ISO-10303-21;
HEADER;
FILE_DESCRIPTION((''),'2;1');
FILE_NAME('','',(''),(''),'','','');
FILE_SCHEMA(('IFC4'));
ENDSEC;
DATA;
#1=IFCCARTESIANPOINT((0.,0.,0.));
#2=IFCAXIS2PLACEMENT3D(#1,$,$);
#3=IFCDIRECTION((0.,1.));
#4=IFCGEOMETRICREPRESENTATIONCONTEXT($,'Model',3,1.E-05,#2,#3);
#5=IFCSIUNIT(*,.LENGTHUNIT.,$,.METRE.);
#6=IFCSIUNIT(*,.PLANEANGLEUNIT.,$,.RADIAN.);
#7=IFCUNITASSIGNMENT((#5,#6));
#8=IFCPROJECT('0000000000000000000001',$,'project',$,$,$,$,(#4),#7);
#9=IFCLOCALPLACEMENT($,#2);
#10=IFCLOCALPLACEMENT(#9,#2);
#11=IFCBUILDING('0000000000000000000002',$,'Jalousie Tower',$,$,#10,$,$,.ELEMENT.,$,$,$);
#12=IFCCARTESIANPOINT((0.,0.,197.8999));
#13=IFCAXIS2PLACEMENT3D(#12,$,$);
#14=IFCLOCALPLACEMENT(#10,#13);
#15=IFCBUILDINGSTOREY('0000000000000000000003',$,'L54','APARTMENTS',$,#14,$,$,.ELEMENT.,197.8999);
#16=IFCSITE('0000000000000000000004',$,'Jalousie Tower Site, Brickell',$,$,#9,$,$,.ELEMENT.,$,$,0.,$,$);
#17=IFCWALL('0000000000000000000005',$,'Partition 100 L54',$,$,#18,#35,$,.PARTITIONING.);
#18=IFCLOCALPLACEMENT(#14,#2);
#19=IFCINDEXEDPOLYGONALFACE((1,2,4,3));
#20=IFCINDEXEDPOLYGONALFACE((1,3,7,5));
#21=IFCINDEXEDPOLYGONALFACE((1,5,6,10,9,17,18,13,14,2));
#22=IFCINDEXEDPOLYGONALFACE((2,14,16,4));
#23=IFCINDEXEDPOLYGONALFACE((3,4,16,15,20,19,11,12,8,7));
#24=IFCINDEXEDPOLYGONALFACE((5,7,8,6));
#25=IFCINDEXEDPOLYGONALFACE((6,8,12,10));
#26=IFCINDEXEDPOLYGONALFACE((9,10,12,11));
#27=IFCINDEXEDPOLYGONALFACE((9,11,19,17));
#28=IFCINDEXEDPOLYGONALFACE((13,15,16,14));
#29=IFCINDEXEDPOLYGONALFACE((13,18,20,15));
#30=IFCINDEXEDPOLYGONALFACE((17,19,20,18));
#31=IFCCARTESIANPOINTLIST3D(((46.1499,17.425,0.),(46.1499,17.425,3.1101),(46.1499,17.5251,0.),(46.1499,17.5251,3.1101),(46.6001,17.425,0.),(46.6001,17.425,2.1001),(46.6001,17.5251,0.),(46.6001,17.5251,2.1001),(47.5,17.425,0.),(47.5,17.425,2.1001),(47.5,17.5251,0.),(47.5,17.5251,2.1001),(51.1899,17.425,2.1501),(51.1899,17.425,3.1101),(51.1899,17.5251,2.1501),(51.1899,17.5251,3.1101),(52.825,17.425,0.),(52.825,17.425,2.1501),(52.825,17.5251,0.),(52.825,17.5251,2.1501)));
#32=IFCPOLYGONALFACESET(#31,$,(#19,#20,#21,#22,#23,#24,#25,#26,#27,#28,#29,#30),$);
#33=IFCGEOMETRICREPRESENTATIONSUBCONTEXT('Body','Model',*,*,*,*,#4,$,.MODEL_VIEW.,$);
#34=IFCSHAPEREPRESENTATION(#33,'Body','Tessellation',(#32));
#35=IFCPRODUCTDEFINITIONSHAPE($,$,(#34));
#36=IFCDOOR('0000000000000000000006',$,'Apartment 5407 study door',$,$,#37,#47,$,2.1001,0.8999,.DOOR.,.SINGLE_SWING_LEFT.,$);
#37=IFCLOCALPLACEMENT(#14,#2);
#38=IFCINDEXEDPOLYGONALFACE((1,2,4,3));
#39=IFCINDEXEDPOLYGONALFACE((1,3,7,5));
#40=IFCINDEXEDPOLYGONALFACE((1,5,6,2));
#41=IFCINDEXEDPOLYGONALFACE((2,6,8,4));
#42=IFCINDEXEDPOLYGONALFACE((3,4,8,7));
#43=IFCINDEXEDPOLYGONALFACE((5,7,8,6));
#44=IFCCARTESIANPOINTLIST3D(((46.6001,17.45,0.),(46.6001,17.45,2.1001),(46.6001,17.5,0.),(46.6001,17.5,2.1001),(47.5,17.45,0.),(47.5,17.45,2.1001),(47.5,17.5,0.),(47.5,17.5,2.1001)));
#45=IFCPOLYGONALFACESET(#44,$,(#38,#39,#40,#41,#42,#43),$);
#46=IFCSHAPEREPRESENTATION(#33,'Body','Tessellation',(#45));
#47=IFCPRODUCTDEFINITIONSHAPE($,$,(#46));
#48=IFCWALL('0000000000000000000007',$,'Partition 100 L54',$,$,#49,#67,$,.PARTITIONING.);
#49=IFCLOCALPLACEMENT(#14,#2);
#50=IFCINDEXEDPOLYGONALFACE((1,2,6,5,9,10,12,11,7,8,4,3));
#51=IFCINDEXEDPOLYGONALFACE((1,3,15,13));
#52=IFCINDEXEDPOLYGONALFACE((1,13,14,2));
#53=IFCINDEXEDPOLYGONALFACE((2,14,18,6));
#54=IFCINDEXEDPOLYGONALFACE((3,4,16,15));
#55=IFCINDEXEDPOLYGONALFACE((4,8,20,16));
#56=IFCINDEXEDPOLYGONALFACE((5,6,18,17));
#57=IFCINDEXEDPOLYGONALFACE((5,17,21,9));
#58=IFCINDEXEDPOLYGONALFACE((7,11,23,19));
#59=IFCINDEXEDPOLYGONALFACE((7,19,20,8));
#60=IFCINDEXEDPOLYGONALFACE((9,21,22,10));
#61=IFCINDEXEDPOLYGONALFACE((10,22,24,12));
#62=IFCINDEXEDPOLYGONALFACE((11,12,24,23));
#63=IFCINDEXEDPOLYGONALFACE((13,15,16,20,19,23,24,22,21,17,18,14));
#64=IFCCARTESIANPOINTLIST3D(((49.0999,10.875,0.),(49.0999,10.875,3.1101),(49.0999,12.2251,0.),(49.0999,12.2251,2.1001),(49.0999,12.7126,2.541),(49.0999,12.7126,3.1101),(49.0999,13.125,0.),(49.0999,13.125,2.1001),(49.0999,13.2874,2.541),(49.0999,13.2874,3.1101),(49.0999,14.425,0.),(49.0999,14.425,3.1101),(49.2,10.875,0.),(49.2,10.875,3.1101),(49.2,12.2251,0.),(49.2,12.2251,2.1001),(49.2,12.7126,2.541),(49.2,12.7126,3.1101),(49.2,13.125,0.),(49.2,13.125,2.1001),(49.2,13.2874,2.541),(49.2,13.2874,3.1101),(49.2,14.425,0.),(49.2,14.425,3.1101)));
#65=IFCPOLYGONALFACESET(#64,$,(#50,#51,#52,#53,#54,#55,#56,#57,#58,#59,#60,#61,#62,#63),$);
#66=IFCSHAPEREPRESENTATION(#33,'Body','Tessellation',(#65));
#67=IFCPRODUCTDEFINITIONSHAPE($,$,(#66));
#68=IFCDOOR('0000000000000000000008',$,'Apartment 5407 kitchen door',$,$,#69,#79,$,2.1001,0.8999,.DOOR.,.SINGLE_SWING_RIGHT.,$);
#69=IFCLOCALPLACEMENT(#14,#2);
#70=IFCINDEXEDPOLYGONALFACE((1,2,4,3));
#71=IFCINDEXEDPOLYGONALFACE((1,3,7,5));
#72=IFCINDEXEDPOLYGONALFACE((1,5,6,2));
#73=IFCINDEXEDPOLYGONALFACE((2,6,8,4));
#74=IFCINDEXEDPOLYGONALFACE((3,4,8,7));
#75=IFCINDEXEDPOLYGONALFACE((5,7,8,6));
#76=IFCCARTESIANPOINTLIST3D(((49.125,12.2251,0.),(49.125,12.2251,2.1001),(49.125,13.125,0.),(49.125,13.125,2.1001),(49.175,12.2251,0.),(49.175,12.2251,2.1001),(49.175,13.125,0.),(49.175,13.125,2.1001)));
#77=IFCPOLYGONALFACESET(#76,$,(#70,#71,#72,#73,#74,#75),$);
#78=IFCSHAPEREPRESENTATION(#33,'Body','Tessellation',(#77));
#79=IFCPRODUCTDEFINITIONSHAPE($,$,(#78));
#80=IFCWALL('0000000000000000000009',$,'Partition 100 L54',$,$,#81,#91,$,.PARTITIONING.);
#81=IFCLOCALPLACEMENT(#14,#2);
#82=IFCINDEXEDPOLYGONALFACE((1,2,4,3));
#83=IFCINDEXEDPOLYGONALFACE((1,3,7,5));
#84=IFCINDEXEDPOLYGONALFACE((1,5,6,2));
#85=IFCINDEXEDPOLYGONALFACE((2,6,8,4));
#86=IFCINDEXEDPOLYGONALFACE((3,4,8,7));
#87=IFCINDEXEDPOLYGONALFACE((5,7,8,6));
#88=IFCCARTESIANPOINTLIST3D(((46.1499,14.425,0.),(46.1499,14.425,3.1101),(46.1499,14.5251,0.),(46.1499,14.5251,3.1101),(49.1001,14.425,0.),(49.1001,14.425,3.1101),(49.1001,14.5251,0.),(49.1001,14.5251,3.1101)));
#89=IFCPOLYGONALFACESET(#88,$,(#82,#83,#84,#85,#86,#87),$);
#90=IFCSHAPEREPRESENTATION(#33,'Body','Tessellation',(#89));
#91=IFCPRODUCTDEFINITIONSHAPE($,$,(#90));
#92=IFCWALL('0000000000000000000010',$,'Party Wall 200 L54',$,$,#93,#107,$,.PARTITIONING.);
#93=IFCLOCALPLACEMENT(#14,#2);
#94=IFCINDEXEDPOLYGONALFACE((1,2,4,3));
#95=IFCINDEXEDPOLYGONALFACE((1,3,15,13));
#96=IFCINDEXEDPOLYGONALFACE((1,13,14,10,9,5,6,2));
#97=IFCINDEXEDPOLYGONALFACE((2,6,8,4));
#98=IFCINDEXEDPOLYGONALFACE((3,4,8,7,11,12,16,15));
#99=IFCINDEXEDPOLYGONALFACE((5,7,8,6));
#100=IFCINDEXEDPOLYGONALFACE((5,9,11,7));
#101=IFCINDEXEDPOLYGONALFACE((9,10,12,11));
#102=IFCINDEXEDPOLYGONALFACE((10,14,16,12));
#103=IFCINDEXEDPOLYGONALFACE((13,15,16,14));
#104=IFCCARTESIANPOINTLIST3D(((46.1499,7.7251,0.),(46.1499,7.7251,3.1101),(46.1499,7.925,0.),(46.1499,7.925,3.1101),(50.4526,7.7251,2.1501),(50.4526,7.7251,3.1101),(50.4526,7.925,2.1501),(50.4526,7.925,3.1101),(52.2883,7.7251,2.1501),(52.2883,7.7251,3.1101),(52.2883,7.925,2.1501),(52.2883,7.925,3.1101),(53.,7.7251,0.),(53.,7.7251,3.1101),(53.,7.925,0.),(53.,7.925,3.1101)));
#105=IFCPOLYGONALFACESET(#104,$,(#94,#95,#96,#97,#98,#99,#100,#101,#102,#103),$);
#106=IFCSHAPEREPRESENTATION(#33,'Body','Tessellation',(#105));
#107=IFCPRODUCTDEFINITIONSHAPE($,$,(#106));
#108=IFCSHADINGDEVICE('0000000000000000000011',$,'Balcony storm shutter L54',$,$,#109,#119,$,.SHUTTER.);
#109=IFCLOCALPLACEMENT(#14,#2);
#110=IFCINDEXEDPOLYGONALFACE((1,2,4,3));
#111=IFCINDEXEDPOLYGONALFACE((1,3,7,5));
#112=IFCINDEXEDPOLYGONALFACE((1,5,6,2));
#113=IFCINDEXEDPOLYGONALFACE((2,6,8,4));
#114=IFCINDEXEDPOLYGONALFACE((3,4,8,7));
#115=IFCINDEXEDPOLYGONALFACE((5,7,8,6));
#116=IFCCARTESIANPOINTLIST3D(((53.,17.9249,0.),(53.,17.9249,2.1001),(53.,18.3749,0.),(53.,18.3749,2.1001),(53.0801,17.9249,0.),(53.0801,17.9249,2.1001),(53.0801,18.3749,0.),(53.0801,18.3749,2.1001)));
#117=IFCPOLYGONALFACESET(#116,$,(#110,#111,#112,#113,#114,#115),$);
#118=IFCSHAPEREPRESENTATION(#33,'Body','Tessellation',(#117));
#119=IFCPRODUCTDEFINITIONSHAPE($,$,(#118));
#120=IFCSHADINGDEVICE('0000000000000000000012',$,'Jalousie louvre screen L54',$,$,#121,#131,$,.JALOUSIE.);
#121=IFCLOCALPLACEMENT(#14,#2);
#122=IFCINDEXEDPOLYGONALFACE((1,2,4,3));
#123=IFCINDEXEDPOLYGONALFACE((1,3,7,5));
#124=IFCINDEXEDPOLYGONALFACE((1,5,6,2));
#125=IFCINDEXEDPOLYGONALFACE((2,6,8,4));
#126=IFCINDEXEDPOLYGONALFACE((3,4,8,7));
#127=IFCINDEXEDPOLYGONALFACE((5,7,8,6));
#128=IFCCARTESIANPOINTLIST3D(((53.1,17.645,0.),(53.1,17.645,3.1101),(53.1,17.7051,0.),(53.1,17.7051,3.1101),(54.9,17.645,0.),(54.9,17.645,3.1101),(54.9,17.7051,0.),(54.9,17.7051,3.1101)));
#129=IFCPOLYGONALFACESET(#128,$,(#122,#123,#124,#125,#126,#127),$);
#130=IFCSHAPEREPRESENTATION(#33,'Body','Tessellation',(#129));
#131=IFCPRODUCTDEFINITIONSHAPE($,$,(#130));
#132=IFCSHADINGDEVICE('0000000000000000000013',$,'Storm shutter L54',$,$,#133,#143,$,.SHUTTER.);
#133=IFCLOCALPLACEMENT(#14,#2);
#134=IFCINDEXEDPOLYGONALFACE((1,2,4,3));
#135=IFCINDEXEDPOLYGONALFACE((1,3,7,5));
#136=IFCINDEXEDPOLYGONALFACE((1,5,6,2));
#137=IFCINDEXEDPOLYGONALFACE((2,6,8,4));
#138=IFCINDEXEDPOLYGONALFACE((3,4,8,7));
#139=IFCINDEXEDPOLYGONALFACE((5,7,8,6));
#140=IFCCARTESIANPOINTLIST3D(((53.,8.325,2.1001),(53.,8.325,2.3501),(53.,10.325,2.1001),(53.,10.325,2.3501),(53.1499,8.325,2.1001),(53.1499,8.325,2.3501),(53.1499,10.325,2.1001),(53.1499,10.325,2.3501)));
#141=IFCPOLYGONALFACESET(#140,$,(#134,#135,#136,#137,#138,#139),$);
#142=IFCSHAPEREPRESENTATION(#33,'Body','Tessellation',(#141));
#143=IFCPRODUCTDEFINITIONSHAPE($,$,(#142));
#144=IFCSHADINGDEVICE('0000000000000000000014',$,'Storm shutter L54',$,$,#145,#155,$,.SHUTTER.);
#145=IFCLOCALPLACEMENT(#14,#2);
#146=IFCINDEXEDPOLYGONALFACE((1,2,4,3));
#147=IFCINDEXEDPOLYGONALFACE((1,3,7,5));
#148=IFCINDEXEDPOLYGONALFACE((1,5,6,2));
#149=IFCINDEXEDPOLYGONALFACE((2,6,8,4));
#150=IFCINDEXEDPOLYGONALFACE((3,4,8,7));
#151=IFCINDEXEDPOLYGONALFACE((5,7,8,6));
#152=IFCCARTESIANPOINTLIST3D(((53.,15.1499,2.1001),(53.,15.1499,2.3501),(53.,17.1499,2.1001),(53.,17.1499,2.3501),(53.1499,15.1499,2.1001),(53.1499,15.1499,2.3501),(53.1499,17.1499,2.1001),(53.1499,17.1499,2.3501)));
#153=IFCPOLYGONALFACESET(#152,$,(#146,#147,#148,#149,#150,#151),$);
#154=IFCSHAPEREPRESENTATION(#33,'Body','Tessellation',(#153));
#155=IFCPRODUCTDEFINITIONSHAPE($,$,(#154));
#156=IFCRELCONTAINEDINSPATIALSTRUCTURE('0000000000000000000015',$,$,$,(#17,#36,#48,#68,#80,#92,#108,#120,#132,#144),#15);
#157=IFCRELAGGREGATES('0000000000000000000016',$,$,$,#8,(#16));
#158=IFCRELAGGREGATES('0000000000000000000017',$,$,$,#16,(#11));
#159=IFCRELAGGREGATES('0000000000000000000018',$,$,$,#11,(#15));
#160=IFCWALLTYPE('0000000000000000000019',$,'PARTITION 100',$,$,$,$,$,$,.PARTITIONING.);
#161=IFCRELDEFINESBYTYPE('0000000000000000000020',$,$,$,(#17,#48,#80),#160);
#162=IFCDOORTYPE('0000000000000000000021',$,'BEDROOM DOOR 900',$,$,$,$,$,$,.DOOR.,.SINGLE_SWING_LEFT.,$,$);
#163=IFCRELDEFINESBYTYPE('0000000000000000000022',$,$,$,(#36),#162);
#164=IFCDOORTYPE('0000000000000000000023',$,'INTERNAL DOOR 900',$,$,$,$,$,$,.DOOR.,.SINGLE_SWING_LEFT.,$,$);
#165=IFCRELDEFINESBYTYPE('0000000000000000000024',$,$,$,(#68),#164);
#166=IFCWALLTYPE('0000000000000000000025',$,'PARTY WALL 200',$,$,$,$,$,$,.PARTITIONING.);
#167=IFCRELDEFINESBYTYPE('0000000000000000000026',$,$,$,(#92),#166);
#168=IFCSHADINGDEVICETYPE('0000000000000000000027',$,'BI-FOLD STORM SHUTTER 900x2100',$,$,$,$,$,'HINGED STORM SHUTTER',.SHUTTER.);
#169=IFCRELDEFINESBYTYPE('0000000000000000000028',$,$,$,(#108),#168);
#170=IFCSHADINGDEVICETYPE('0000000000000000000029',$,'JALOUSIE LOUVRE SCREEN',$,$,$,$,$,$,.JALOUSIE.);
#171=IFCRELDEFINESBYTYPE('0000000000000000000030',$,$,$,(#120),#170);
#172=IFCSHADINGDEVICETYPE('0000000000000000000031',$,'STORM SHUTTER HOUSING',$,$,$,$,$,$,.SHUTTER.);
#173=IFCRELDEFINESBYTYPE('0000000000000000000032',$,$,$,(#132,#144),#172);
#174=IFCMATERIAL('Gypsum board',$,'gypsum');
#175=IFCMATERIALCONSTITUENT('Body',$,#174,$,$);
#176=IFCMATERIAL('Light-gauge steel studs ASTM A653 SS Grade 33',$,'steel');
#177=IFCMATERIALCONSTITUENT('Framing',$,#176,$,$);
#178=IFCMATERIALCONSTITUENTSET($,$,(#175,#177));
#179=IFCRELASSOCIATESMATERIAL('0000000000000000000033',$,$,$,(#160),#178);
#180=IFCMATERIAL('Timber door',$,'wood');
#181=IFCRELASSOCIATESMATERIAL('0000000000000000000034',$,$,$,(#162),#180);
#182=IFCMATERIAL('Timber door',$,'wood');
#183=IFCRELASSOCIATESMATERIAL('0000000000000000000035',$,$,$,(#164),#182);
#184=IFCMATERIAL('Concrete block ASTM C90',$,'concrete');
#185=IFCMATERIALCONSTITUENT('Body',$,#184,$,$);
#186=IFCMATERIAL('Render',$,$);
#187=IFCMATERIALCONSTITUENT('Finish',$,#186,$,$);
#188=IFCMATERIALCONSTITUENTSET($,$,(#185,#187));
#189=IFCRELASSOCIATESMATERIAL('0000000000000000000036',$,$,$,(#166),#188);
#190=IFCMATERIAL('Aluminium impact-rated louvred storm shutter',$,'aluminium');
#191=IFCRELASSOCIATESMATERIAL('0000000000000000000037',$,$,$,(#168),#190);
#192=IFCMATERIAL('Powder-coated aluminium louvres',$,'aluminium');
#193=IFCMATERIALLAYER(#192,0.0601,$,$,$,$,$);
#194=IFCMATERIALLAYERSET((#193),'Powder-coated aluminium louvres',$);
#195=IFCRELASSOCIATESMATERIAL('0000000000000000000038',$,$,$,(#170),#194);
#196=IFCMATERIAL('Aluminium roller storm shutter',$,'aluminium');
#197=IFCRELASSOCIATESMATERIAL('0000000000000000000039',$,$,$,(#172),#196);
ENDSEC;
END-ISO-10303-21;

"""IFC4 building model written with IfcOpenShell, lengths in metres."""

from ifc_helpers import new_model, si_unit, direction, frame, frame_2d, origin, origin_2d, place, context, subcontext, project, spatial, polyline, rectangle, outline, extrude, material, layer, layer_set, constituent, constituent_set, type_object, element, fill, save


model = new_model("IFC4")

# Units and contexts
model_context = context("Model", 3, precision=1e-05, world=origin(), true_north=direction((0.0, 1.0)))
body_context = subcontext(model_context, "Body", "Model", "MODEL_VIEW")
ifc_project = project(units=[si_unit("LENGTHUNIT", "METRE"), si_unit("PLANEANGLEUNIT", "RADIAN")], contexts=[model_context])

# Site, building, storey
site_placement = place(None, origin())
site = spatial("IfcSite", under=ifc_project, at=site_placement, Name="Jalousie Tower Site, Brickell", CompositionType="ELEMENT", RefElevation=0.0)
building_placement = place(site_placement, origin())
building = spatial("IfcBuilding", under=site, at=building_placement, Name="Jalousie Tower", CompositionType="ELEMENT")
storey_placement = place(building_placement, frame((0.0, 0.0, 197.8999)))
storey = spatial("IfcBuildingStorey", under=building, at=storey_placement, Name="L54", Description="APARTMENTS", CompositionType="ELEMENT", Elevation=197.8999)

# Walls, openings, doors
ifc_material_1 = material(Name="Gypsum board", Category="gypsum")
ifc_constituent_1 = constituent(ifc_material_1, Name="Body")
ifc_material_2 = material(Name="Light-gauge steel studs ASTM A653 SS Grade 33", Category="steel")
ifc_constituent_2 = constituent(ifc_material_2, Name="Framing")
ifc_constituent_set_1 = constituent_set(constituents=[ifc_constituent_1, ifc_constituent_2])
wall_type_1 = type_object("IfcWallType", Name="PARTITION 100", PredefinedType="PARTITIONING", material=ifc_constituent_set_1)
ifc_material_3 = material(Name="Timber door", Category="wood")
door_type_1 = type_object("IfcDoorType", Name="BEDROOM DOOR 900", OperationType="SINGLE_SWING_LEFT", PredefinedType="DOOR", material=ifc_material_3)
wall_1_placement = place(storey_placement, frame((52.825, 17.4751, 0.0), z_axis=(0.0, 0.0, 1.0), x_axis=(-1.0, 0.0, 0.0)))
wall_1 = element("IfcWall", 1, at=wall_1_placement, inside=storey, type_object=wall_type_1, Name="Partition 100 L54", PredefinedType="PARTITIONING", context=body_context, shape_type="SweptSolid", body=[
    extrude(outline(polyline([(0.0, 0.0), (6.675, 0.0), (6.675, 3.1101), (1.635, 3.1101), (1.635, 2.1501), (0.0, 2.1501), (0.0, 3.1101), (0.0, 0.0)])), frame((0.0, 0.05, 0.0), z_axis=(0.0, -1.0, 0.0), x_axis=(1.0, 0.0, 0.0)), (0.0, 0.0, 1.0), 0.1001),
])
opening_1_placement = place(wall_1_placement, frame((5.325, 0.0, 0.0)))
opening_1 = element("IfcOpeningElement", 2, at=opening_1_placement, cuts=wall_1, PredefinedType="OPENING", context=body_context, shape_type="SweptSolid", body=[
    extrude(rectangle(XDim=0.8999, YDim=2.1001, at=frame_2d((0.45, 1.05))), frame((0.0, 0.0601, 0.0), z_axis=(0.0, -1.0, 0.0), x_axis=(1.0, 0.0, 0.0)), (0.0, 0.0, 1.0), 0.1201),
])
door_1_placement = place(opening_1_placement, frame((0.8999, 0.0, 0.0), z_axis=(0.0, 0.0, 1.0), x_axis=(-1.0, 0.0, 0.0)))
door_1 = element("IfcDoor", 3, at=door_1_placement, inside=storey, type_object=door_type_1, Name="Apartment 5407 study door", OperationType="SINGLE_SWING_LEFT", OverallHeight=2.1001, OverallWidth=0.8999, PredefinedType="DOOR", context=body_context, shape_type="SweptSolid", body=[
    extrude(rectangle(XDim=0.8999, YDim=2.1001, at=frame_2d((0.45, 1.05))), frame((0.0, 0.0249, 0.0), z_axis=(0.0, -1.0, 0.0), x_axis=(1.0, 0.0, 0.0)), (0.0, 0.0, 1.0), 0.05),
])
fill(opening_1, door_1)
wall_2_placement = place(storey_placement, frame((49.1499, 10.875, 0.0), z_axis=(0.0, 0.0, 1.0), x_axis=(0.0, 1.0, 0.0)))
wall_2 = element("IfcWall", 4, at=wall_2_placement, inside=storey, type_object=wall_type_1, Name="Partition 100 L54", PredefinedType="PARTITIONING", context=body_context, shape_type="SweptSolid", body=[
    extrude(outline(polyline([(0.0, 0.0), (3.55, 0.0), (3.55, 3.1101), (2.4124, 3.1101), (2.4124, 2.541), (1.8376, 2.541), (1.8376, 3.1101), (0.0, 3.1101), (0.0, 0.0)])), frame((0.0, 0.05, 0.0), z_axis=(0.0, -1.0, 0.0), x_axis=(1.0, 0.0, 0.0)), (0.0, 0.0, 1.0), 0.1001),
])
opening_2_placement = place(wall_2_placement, frame((1.3501, 0.0, 0.0)))
opening_2 = element("IfcOpeningElement", 5, at=opening_2_placement, cuts=wall_2, PredefinedType="OPENING", context=body_context, shape_type="SweptSolid", body=[
    extrude(rectangle(XDim=0.8999, YDim=2.1001, at=frame_2d((0.45, 1.05))), frame((0.0, 0.0601, 0.0), z_axis=(0.0, -1.0, 0.0), x_axis=(1.0, 0.0, 0.0)), (0.0, 0.0, 1.0), 0.1201),
])
ifc_material_4 = material(Name="Timber door", Category="wood")
door_type_2 = type_object("IfcDoorType", Name="INTERNAL DOOR 900", OperationType="SINGLE_SWING_LEFT", PredefinedType="DOOR", material=ifc_material_4)
door_2_placement = place(opening_2_placement, origin())
door_2 = element("IfcDoor", 6, at=door_2_placement, inside=storey, type_object=door_type_2, Name="Apartment 5407 kitchen door", OperationType="SINGLE_SWING_RIGHT", OverallHeight=2.1001, OverallWidth=0.8999, PredefinedType="DOOR", context=body_context, shape_type="SweptSolid", body=[
    extrude(rectangle(XDim=0.8999, YDim=2.1001, at=frame_2d((0.45, 1.05))), frame((0.0, 0.0249, 0.0), z_axis=(0.0, -1.0, 0.0), x_axis=(1.0, 0.0, 0.0)), (0.0, 0.0, 1.0), 0.05),
])
fill(opening_2, door_2)

# Walls
wall_3_placement = place(storey_placement, frame((49.1001, 14.4751, 0.0), z_axis=(0.0, 0.0, 1.0), x_axis=(-1.0, 0.0, 0.0)))
element("IfcWall", 7, at=wall_3_placement, inside=storey, type_object=wall_type_1, Name="Partition 100 L54", PredefinedType="PARTITIONING", context=body_context, shape_type="SweptSolid", body=[
    extrude(rectangle(XDim=2.9502, YDim=0.1001, at=frame_2d((1.4751, 0.0))), origin(), (0.0, 0.0, 1.0), 3.1101),
])
ifc_material_5 = material(Name="Concrete block ASTM C90", Category="concrete")
ifc_constituent_3 = constituent(ifc_material_5, Name="Body")
ifc_material_6 = material(Name="Render")
ifc_constituent_4 = constituent(ifc_material_6, Name="Finish")
ifc_constituent_set_2 = constituent_set(constituents=[ifc_constituent_3, ifc_constituent_4])
wall_type_2 = type_object("IfcWallType", Name="PARTY WALL 200", PredefinedType="PARTITIONING", material=ifc_constituent_set_2)
wall_4_placement = place(storey_placement, frame((46.1499, 7.825, 0.0), z_axis=(0.0, 0.0, 1.0), x_axis=(1.0, 0.0, 0.0)))
element("IfcWall", 8, at=wall_4_placement, inside=storey, type_object=wall_type_2, Name="Party Wall 200 L54", PredefinedType="PARTITIONING", context=body_context, shape_type="SweptSolid", body=[
    extrude(outline(polyline([(0.0, 0.0), (6.8501, 0.0), (6.8501, 3.1101), (6.1384, 3.1101), (6.1384, 2.1501), (4.3027, 2.1501), (4.3027, 3.1101), (0.0, 3.1101), (0.0, 0.0)])), frame((0.0, 0.1001, 0.0), z_axis=(0.0, -1.0, 0.0), x_axis=(1.0, 0.0, 0.0)), (0.0, 0.0, 1.0), 0.2),
])

# Shading device
ifc_material_7 = material(Name="Aluminium impact-rated louvred storm shutter", Category="aluminium")
shading_device_type_1 = type_object("IfcShadingDeviceType", Name="BI-FOLD STORM SHUTTER 900x2100", ElementType="HINGED STORM SHUTTER", PredefinedType="SHUTTER", material=ifc_material_7)
shading_device_1_placement = place(storey_placement, frame((53.04, 18.1499, 0.0), z_axis=(0.0, 0.0, 1.0), x_axis=(0.0, 1.0, 0.0)))
element("IfcShadingDevice", 9, at=shading_device_1_placement, inside=storey, type_object=shading_device_type_1, Name="Balcony storm shutter L54", PredefinedType="SHUTTER", context=body_context, shape_type="SweptSolid", body=[
    extrude(rectangle(XDim=0.45, YDim=0.0801, at=origin_2d()), origin(), (0.0, 0.0, 1.0), 2.1001),
])

# Shading devices
ifc_material_8 = material(Name="Powder-coated aluminium louvres", Category="aluminium")
ifc_layer_1 = layer(ifc_material_8, 0.0601)
ifc_layer_set_1 = layer_set([ifc_layer_1], Name="Powder-coated aluminium louvres")
shading_device_type_2 = type_object("IfcShadingDeviceType", Name="JALOUSIE LOUVRE SCREEN", PredefinedType="JALOUSIE", material=ifc_layer_set_1)
shading_device_2_placement = place(storey_placement, frame((54.0, 17.675, 0.0), z_axis=(0.0, 0.0, 1.0), x_axis=(0.0, 1.0, 0.0)))
element("IfcShadingDevice", 10, at=shading_device_2_placement, inside=storey, type_object=shading_device_type_2, Name="Jalousie louvre screen L54", PredefinedType="JALOUSIE", context=body_context, shape_type="SweptSolid", body=[
    extrude(rectangle(XDim=0.0601, YDim=1.8, at=origin_2d()), origin(), (0.0, 0.0, 1.0), 3.1101),
])
ifc_material_9 = material(Name="Aluminium roller storm shutter", Category="aluminium")
shading_device_type_3 = type_object("IfcShadingDeviceType", Name="STORM SHUTTER HOUSING", PredefinedType="SHUTTER", material=ifc_material_9)
for number, where, z_axis, x_axis, name in (
    (11, (53.075, 9.325, 2.1001), (0.0, 0.0, 1.0), (0.0, 1.0, 0.0), "Storm shutter L54"),
    (12, (53.075, 16.1499, 2.1001), (0.0, 0.0, 1.0), (0.0, 1.0, 0.0), "Storm shutter L54"),
):
    element("IfcShadingDevice", number, at=place(storey_placement, frame(where, z_axis=z_axis, x_axis=x_axis)), inside=storey, type_object=shading_device_type_3, Name=name, PredefinedType="SHUTTER", context=body_context, shape_type="SweptSolid", body=[
        extrude(rectangle(XDim=2.0, YDim=0.1499, at=origin_2d()), origin(), (0.0, 0.0, 1.0), 0.25),
    ])

save(model, "model.ifc")
